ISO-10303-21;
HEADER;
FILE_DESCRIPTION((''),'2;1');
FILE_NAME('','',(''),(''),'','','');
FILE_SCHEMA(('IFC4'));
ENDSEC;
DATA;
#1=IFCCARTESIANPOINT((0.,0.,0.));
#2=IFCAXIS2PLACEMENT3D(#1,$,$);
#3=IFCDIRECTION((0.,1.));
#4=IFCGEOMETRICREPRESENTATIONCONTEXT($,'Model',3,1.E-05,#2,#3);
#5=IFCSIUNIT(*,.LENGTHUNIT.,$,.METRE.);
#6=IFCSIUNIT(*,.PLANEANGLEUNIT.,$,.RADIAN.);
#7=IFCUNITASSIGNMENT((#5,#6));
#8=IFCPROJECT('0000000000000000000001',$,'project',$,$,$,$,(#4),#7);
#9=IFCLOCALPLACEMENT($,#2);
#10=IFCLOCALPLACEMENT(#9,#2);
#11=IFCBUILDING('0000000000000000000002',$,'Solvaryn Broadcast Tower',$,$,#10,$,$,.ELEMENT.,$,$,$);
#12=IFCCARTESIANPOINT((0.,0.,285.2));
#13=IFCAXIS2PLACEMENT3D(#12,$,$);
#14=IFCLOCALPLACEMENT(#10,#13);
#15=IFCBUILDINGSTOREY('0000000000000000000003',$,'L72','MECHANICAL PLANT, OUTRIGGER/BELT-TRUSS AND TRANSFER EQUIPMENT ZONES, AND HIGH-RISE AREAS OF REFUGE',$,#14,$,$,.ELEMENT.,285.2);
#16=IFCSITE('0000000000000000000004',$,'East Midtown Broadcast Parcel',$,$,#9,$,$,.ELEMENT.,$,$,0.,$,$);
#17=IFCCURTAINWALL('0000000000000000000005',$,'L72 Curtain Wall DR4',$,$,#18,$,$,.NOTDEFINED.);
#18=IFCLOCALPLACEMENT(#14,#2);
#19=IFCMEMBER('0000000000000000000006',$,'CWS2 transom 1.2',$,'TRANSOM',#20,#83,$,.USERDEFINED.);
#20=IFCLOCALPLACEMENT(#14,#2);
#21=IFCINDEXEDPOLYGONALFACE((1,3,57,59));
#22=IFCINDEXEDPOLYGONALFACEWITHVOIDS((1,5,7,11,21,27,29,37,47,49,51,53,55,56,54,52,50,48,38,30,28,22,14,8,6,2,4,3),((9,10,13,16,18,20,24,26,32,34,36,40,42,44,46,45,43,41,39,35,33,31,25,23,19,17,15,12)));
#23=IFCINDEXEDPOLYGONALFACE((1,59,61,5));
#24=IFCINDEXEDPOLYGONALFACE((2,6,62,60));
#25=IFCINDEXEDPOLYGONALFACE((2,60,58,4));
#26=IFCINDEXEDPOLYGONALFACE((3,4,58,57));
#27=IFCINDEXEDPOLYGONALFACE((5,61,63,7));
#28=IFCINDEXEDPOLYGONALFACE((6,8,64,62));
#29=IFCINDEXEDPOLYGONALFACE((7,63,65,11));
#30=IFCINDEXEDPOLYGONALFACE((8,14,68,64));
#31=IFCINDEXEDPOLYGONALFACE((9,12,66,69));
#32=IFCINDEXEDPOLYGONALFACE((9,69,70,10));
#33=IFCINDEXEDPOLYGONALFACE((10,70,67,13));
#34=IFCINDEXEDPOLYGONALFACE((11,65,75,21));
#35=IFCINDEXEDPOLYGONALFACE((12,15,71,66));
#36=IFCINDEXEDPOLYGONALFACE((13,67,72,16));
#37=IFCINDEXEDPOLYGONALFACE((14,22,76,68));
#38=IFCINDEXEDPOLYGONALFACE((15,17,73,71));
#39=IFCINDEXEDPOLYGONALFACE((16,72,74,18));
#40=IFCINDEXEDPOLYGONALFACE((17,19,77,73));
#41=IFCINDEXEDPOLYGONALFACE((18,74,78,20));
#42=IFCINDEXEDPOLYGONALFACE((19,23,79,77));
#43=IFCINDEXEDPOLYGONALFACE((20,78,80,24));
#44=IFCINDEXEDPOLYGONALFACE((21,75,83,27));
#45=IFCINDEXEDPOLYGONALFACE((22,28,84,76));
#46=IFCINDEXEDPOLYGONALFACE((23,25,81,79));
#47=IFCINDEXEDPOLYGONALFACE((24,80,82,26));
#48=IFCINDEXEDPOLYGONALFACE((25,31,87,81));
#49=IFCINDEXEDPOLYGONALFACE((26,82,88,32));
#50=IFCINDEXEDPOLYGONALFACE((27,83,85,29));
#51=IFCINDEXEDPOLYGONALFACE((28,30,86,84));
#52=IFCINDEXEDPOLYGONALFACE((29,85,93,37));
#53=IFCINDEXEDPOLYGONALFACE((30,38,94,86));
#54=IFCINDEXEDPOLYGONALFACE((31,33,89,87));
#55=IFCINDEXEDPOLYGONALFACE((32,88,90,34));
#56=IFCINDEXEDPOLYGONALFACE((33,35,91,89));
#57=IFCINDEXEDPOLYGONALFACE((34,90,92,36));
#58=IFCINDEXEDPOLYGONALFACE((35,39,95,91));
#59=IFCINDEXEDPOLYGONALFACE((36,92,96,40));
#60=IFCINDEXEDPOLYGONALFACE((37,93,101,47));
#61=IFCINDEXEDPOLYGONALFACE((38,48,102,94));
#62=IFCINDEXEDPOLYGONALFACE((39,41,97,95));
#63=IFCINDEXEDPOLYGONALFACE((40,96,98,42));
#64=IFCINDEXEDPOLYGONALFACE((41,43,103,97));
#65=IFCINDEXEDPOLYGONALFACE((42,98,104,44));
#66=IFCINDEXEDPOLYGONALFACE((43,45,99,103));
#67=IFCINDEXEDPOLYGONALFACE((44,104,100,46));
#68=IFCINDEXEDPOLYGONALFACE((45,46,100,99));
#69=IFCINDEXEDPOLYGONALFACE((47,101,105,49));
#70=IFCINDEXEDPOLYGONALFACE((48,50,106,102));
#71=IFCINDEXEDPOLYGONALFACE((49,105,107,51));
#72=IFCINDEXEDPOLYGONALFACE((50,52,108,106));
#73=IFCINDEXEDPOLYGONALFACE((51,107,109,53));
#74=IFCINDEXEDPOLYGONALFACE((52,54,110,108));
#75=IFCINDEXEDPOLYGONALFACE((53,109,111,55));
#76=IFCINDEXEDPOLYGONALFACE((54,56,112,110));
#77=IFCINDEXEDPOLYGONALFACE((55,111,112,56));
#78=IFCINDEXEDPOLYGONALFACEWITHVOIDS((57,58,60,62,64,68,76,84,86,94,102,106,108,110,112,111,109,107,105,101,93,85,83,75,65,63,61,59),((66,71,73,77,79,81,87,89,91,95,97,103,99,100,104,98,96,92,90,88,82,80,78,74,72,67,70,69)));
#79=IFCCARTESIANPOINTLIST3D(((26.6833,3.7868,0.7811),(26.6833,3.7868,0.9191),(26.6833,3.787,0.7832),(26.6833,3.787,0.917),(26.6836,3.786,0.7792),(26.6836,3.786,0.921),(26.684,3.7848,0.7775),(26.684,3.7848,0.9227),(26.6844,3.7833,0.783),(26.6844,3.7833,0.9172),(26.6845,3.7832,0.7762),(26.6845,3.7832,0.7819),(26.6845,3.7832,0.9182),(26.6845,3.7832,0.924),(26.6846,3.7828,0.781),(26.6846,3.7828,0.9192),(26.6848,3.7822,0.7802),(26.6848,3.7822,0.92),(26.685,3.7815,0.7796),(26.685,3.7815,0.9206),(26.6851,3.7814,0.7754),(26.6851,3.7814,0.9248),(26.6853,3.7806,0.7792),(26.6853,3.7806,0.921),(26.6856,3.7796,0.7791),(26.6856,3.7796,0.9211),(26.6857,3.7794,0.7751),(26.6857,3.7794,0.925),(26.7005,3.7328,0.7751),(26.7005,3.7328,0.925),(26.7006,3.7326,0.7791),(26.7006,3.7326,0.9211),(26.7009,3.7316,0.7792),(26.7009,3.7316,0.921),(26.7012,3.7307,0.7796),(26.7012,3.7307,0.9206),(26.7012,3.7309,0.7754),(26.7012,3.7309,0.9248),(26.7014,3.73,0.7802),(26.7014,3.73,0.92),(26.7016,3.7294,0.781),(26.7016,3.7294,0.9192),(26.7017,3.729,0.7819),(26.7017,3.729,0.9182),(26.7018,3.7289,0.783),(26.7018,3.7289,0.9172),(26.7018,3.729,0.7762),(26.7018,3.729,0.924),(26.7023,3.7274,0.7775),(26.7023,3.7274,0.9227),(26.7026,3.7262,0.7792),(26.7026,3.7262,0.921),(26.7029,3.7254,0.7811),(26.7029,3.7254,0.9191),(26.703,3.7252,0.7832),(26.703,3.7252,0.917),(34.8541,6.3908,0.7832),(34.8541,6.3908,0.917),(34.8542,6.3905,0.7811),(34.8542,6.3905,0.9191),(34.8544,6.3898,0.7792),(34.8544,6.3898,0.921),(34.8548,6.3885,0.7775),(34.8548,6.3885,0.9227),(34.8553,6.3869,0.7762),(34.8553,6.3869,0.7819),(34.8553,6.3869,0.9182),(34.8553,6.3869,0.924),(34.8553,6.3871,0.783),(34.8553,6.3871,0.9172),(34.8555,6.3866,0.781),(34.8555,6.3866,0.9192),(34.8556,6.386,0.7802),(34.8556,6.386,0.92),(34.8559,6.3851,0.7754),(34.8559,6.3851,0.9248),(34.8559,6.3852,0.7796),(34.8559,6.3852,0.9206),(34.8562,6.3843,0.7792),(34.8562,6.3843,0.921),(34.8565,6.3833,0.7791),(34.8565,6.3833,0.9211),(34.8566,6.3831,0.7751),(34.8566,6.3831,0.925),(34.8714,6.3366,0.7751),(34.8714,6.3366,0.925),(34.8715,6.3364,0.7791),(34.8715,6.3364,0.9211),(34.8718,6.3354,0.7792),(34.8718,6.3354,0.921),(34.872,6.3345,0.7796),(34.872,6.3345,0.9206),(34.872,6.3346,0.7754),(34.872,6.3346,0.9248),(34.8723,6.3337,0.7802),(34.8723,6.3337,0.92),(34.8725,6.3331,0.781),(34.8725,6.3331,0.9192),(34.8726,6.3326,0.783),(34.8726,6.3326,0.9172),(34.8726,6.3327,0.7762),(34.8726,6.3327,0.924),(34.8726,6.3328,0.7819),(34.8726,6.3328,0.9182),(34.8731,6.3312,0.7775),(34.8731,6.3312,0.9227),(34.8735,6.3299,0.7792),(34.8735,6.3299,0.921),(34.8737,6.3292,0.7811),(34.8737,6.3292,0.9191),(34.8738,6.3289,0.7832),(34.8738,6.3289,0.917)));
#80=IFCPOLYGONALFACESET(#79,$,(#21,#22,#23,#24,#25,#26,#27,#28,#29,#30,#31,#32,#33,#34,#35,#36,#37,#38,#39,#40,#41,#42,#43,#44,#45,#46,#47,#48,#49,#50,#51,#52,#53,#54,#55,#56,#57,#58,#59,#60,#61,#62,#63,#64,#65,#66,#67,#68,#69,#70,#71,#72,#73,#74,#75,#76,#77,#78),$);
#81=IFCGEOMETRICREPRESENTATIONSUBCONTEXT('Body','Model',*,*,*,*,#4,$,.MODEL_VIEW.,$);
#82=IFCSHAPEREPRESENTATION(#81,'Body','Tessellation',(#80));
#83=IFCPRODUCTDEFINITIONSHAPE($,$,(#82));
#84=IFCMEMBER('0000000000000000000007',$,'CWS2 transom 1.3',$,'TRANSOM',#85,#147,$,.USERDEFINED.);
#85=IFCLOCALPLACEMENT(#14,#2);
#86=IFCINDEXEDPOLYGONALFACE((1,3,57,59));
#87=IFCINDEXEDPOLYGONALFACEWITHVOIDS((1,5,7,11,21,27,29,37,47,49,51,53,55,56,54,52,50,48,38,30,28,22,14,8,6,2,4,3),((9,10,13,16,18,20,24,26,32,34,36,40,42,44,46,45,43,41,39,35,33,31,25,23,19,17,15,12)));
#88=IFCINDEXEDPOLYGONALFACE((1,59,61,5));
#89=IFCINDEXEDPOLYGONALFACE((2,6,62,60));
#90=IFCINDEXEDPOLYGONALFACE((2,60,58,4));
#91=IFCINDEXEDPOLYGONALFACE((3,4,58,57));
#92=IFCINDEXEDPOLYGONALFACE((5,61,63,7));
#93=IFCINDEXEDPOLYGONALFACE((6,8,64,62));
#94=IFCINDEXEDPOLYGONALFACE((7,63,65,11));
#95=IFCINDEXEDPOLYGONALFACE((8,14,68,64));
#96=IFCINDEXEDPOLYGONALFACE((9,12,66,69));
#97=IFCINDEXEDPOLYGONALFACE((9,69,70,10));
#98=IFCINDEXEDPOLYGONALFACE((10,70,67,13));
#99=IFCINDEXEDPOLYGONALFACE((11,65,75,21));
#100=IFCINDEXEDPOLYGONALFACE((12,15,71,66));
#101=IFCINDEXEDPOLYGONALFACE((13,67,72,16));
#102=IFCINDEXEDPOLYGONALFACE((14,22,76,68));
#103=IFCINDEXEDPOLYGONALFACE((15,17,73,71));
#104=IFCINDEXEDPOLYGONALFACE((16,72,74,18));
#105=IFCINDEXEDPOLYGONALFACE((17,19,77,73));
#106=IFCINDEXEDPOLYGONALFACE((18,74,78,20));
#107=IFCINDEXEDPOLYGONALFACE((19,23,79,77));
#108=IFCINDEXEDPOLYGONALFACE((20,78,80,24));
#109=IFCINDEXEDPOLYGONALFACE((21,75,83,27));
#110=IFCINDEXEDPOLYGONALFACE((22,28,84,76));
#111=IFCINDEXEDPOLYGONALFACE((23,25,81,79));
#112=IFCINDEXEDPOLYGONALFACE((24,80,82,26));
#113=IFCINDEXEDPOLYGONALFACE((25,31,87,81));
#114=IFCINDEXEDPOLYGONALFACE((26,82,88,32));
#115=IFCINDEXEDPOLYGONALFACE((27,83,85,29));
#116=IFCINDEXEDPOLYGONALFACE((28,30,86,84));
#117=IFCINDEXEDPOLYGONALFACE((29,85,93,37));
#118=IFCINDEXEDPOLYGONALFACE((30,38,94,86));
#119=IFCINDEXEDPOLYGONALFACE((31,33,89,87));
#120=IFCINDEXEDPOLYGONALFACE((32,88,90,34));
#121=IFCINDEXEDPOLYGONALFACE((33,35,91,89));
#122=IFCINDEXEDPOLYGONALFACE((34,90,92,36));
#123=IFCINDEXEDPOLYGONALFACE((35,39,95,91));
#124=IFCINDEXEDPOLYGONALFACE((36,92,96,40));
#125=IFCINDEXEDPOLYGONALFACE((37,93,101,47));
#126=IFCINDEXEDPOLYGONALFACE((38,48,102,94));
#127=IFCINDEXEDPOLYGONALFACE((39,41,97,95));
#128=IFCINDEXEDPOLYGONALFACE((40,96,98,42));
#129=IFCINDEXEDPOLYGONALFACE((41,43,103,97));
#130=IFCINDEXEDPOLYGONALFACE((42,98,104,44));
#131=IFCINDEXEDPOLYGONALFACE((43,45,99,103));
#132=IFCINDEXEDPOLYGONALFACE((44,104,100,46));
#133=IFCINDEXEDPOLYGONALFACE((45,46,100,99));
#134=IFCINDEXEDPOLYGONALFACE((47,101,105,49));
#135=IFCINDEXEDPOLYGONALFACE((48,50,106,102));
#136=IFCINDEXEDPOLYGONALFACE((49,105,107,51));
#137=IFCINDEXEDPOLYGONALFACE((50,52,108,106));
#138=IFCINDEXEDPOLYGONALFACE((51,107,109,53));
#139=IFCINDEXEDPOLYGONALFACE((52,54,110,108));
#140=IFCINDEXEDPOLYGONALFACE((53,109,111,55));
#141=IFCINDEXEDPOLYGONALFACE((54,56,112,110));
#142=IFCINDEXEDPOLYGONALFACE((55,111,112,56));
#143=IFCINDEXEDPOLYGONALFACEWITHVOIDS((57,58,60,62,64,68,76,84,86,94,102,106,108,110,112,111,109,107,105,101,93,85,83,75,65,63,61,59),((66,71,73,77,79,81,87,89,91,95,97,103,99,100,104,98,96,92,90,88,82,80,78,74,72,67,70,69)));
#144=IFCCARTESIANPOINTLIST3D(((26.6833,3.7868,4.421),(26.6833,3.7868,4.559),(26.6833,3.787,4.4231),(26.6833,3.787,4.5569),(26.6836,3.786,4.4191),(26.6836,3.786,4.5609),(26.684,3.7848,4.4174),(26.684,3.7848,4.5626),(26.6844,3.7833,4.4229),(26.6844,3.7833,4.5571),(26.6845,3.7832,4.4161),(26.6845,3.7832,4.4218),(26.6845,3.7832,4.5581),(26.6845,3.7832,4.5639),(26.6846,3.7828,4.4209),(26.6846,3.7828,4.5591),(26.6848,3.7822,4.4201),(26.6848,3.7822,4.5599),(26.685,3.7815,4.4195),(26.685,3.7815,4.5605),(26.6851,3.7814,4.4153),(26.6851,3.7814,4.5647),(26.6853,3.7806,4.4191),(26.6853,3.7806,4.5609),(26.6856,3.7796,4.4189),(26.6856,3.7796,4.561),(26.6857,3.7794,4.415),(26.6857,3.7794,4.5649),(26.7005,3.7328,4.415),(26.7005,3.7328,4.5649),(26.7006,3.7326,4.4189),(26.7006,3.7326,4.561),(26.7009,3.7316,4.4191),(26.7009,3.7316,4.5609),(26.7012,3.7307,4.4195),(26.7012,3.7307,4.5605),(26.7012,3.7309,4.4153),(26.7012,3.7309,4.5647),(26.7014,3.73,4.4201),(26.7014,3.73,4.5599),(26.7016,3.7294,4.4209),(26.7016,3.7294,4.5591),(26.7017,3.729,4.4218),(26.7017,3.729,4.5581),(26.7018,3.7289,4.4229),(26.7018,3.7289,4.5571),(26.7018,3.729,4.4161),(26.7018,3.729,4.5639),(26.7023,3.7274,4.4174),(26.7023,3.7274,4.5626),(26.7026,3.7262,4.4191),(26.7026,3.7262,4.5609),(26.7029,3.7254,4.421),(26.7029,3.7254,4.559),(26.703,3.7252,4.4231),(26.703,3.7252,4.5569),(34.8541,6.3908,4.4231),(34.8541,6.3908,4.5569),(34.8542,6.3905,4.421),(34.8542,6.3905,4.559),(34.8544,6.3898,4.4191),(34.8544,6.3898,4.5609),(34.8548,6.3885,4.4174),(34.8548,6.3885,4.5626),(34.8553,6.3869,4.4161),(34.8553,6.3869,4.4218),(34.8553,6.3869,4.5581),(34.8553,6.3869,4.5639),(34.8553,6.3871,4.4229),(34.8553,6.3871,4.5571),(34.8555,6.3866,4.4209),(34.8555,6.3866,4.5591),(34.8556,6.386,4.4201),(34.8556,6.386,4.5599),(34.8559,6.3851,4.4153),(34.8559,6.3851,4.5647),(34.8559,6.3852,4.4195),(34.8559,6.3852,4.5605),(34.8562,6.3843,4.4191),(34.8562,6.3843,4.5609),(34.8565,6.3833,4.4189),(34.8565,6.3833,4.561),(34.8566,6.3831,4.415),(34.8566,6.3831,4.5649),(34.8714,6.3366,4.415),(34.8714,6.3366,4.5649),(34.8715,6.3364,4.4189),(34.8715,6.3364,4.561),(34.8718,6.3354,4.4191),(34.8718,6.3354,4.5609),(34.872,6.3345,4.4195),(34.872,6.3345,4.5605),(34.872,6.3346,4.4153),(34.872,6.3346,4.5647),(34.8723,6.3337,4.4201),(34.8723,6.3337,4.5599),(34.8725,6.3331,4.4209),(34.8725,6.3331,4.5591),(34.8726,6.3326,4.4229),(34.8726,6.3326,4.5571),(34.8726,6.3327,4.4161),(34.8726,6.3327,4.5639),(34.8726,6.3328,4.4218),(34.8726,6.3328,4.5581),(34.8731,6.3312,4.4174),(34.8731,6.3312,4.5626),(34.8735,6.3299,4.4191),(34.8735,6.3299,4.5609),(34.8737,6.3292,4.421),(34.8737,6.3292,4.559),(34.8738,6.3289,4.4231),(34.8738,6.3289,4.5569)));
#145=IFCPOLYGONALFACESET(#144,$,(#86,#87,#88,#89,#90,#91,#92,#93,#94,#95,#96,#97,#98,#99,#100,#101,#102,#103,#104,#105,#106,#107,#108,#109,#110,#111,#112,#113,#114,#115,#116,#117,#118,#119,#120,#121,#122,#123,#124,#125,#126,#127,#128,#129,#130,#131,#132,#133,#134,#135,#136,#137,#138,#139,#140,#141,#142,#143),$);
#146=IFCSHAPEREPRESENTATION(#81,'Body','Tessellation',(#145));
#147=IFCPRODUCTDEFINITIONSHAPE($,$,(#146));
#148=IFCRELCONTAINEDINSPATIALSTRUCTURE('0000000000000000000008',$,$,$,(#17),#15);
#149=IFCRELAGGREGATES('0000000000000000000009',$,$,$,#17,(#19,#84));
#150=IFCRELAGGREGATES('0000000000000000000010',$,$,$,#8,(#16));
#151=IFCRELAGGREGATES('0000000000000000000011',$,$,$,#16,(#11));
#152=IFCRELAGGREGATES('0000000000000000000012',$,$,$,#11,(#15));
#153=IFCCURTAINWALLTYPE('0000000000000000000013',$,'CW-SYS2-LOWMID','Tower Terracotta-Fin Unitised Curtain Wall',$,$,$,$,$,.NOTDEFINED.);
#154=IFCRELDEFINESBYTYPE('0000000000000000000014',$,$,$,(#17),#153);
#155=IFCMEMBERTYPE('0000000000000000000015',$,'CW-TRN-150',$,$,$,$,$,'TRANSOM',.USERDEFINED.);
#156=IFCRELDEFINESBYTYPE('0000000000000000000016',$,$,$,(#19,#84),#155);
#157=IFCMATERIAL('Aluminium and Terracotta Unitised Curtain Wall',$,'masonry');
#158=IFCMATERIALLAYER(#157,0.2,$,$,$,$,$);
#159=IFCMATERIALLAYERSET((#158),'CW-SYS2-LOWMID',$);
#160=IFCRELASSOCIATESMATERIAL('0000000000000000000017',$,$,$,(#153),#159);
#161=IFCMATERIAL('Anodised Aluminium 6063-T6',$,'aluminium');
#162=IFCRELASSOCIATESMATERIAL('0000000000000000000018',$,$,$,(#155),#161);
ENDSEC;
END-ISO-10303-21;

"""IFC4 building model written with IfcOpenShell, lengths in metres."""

from ifc_helpers import new_model, si_unit, direction, frame, origin, origin_2d, place, context, subcontext, project, spatial, hollow_rectangle, extrude, material, layer, layer_set, material_profile, profile_set, type_object, element, aggregate, save


model = new_model("IFC4")

# Units and contexts
model_context = context("Model", 3, precision=1e-05, world=origin(), true_north=direction((0.0, 1.0)))
body_context = subcontext(model_context, "Body", "Model", "MODEL_VIEW")
ifc_project = project(units=[si_unit("LENGTHUNIT", "METRE"), si_unit("PLANEANGLEUNIT", "RADIAN")], contexts=[model_context])

# Site, building, storey
site_placement = place(None, origin())
site = spatial("IfcSite", under=ifc_project, at=site_placement, Name="East Midtown Broadcast Parcel", CompositionType="ELEMENT", RefElevation=0.0)
building_placement = place(site_placement, origin())
building = spatial("IfcBuilding", under=site, at=building_placement, Name="Solvaryn Broadcast Tower", CompositionType="ELEMENT")
storey_placement = place(building_placement, frame((0.0, 0.0, 285.2)))
storey = spatial("IfcBuildingStorey", under=building, at=storey_placement, Name="L72", Description="MECHANICAL PLANT, OUTRIGGER/BELT-TRUSS AND TRANSFER EQUIPMENT ZONES, AND HIGH-RISE AREAS OF REFUGE", CompositionType="ELEMENT", Elevation=285.2)

# Shared definitions
ifc_material_1 = material(Name="Aluminium and Terracotta Unitised Curtain Wall", Category="masonry")
ifc_layer_1 = layer(ifc_material_1, 0.2)
ifc_layer_set_1 = layer_set([ifc_layer_1], Name="CW-SYS2-LOWMID")
curtain_wall_type = type_object("IfcCurtainWallType", Name="CW-SYS2-LOWMID", Description="Tower Terracotta-Fin Unitised Curtain Wall", PredefinedType="NOTDEFINED", material=ifc_layer_set_1)

# Curtain wall, members
curtain_wall_1_placement = place(storey_placement, origin())
curtain_wall_1 = element("IfcCurtainWall", 1, at=curtain_wall_1_placement, inside=storey, type_object=curtain_wall_type, Name="L72 Curtain Wall DR4", PredefinedType="NOTDEFINED")
ifc_material_2 = material(Name="Anodised Aluminium 6063-T6", Category="aluminium")
ifc_material_profile_1 = material_profile(ifc_material_2, hollow_rectangle(XDim=0.0649, YDim=0.1499, WallThickness=0.0039, InnerFilletRadius=0.0039, OuterFilletRadius=0.0081, at=origin_2d()))
ifc_profile_set_1 = profile_set([ifc_material_profile_1], Name="Anodised Aluminium 6063-T6")
member_type_1 = type_object("IfcMemberType", Name="CW-TRN-150", ElementType="TRANSOM", PredefinedType="USERDEFINED", material=ifc_profile_set_1)
member_1_placement = place(storey_placement, frame((26.6931, 3.7561, 0.8501), z_axis=(0.952793, 0.30362, 0.0), x_axis=(-0.30362, 0.952793, 0.0)))
member_1 = element("IfcMember", 2, at=member_1_placement, type_object=member_type_1, Name="CWS2 transom 1.2", ObjectType="TRANSOM", PredefinedType="USERDEFINED", context=body_context, shape_type="SweptSolid", body=[
    extrude(hollow_rectangle(XDim=0.0649, YDim=0.1499, WallThickness=0.0039, InnerFilletRadius=0.0039, OuterFilletRadius=0.0081, at=origin_2d()), origin(), (0.0, 0.0, 1.0), 8.5757),
])
member_2_placement = place(storey_placement, frame((26.6931, 3.7561, 4.49), z_axis=(0.952793, 0.30362, 0.0), x_axis=(-0.30362, 0.952793, 0.0)))
member_2 = element("IfcMember", 3, at=member_2_placement, type_object=member_type_1, Name="CWS2 transom 1.3", ObjectType="TRANSOM", PredefinedType="USERDEFINED", context=body_context, shape_type="SweptSolid", body=[
    extrude(hollow_rectangle(XDim=0.0649, YDim=0.1499, WallThickness=0.0039, InnerFilletRadius=0.0039, OuterFilletRadius=0.0081, at=origin_2d()), origin(), (0.0, 0.0, 1.0), 8.5757),
])

aggregate(curtain_wall_1, [member_1, member_2])

save(model, "model.ifc")
